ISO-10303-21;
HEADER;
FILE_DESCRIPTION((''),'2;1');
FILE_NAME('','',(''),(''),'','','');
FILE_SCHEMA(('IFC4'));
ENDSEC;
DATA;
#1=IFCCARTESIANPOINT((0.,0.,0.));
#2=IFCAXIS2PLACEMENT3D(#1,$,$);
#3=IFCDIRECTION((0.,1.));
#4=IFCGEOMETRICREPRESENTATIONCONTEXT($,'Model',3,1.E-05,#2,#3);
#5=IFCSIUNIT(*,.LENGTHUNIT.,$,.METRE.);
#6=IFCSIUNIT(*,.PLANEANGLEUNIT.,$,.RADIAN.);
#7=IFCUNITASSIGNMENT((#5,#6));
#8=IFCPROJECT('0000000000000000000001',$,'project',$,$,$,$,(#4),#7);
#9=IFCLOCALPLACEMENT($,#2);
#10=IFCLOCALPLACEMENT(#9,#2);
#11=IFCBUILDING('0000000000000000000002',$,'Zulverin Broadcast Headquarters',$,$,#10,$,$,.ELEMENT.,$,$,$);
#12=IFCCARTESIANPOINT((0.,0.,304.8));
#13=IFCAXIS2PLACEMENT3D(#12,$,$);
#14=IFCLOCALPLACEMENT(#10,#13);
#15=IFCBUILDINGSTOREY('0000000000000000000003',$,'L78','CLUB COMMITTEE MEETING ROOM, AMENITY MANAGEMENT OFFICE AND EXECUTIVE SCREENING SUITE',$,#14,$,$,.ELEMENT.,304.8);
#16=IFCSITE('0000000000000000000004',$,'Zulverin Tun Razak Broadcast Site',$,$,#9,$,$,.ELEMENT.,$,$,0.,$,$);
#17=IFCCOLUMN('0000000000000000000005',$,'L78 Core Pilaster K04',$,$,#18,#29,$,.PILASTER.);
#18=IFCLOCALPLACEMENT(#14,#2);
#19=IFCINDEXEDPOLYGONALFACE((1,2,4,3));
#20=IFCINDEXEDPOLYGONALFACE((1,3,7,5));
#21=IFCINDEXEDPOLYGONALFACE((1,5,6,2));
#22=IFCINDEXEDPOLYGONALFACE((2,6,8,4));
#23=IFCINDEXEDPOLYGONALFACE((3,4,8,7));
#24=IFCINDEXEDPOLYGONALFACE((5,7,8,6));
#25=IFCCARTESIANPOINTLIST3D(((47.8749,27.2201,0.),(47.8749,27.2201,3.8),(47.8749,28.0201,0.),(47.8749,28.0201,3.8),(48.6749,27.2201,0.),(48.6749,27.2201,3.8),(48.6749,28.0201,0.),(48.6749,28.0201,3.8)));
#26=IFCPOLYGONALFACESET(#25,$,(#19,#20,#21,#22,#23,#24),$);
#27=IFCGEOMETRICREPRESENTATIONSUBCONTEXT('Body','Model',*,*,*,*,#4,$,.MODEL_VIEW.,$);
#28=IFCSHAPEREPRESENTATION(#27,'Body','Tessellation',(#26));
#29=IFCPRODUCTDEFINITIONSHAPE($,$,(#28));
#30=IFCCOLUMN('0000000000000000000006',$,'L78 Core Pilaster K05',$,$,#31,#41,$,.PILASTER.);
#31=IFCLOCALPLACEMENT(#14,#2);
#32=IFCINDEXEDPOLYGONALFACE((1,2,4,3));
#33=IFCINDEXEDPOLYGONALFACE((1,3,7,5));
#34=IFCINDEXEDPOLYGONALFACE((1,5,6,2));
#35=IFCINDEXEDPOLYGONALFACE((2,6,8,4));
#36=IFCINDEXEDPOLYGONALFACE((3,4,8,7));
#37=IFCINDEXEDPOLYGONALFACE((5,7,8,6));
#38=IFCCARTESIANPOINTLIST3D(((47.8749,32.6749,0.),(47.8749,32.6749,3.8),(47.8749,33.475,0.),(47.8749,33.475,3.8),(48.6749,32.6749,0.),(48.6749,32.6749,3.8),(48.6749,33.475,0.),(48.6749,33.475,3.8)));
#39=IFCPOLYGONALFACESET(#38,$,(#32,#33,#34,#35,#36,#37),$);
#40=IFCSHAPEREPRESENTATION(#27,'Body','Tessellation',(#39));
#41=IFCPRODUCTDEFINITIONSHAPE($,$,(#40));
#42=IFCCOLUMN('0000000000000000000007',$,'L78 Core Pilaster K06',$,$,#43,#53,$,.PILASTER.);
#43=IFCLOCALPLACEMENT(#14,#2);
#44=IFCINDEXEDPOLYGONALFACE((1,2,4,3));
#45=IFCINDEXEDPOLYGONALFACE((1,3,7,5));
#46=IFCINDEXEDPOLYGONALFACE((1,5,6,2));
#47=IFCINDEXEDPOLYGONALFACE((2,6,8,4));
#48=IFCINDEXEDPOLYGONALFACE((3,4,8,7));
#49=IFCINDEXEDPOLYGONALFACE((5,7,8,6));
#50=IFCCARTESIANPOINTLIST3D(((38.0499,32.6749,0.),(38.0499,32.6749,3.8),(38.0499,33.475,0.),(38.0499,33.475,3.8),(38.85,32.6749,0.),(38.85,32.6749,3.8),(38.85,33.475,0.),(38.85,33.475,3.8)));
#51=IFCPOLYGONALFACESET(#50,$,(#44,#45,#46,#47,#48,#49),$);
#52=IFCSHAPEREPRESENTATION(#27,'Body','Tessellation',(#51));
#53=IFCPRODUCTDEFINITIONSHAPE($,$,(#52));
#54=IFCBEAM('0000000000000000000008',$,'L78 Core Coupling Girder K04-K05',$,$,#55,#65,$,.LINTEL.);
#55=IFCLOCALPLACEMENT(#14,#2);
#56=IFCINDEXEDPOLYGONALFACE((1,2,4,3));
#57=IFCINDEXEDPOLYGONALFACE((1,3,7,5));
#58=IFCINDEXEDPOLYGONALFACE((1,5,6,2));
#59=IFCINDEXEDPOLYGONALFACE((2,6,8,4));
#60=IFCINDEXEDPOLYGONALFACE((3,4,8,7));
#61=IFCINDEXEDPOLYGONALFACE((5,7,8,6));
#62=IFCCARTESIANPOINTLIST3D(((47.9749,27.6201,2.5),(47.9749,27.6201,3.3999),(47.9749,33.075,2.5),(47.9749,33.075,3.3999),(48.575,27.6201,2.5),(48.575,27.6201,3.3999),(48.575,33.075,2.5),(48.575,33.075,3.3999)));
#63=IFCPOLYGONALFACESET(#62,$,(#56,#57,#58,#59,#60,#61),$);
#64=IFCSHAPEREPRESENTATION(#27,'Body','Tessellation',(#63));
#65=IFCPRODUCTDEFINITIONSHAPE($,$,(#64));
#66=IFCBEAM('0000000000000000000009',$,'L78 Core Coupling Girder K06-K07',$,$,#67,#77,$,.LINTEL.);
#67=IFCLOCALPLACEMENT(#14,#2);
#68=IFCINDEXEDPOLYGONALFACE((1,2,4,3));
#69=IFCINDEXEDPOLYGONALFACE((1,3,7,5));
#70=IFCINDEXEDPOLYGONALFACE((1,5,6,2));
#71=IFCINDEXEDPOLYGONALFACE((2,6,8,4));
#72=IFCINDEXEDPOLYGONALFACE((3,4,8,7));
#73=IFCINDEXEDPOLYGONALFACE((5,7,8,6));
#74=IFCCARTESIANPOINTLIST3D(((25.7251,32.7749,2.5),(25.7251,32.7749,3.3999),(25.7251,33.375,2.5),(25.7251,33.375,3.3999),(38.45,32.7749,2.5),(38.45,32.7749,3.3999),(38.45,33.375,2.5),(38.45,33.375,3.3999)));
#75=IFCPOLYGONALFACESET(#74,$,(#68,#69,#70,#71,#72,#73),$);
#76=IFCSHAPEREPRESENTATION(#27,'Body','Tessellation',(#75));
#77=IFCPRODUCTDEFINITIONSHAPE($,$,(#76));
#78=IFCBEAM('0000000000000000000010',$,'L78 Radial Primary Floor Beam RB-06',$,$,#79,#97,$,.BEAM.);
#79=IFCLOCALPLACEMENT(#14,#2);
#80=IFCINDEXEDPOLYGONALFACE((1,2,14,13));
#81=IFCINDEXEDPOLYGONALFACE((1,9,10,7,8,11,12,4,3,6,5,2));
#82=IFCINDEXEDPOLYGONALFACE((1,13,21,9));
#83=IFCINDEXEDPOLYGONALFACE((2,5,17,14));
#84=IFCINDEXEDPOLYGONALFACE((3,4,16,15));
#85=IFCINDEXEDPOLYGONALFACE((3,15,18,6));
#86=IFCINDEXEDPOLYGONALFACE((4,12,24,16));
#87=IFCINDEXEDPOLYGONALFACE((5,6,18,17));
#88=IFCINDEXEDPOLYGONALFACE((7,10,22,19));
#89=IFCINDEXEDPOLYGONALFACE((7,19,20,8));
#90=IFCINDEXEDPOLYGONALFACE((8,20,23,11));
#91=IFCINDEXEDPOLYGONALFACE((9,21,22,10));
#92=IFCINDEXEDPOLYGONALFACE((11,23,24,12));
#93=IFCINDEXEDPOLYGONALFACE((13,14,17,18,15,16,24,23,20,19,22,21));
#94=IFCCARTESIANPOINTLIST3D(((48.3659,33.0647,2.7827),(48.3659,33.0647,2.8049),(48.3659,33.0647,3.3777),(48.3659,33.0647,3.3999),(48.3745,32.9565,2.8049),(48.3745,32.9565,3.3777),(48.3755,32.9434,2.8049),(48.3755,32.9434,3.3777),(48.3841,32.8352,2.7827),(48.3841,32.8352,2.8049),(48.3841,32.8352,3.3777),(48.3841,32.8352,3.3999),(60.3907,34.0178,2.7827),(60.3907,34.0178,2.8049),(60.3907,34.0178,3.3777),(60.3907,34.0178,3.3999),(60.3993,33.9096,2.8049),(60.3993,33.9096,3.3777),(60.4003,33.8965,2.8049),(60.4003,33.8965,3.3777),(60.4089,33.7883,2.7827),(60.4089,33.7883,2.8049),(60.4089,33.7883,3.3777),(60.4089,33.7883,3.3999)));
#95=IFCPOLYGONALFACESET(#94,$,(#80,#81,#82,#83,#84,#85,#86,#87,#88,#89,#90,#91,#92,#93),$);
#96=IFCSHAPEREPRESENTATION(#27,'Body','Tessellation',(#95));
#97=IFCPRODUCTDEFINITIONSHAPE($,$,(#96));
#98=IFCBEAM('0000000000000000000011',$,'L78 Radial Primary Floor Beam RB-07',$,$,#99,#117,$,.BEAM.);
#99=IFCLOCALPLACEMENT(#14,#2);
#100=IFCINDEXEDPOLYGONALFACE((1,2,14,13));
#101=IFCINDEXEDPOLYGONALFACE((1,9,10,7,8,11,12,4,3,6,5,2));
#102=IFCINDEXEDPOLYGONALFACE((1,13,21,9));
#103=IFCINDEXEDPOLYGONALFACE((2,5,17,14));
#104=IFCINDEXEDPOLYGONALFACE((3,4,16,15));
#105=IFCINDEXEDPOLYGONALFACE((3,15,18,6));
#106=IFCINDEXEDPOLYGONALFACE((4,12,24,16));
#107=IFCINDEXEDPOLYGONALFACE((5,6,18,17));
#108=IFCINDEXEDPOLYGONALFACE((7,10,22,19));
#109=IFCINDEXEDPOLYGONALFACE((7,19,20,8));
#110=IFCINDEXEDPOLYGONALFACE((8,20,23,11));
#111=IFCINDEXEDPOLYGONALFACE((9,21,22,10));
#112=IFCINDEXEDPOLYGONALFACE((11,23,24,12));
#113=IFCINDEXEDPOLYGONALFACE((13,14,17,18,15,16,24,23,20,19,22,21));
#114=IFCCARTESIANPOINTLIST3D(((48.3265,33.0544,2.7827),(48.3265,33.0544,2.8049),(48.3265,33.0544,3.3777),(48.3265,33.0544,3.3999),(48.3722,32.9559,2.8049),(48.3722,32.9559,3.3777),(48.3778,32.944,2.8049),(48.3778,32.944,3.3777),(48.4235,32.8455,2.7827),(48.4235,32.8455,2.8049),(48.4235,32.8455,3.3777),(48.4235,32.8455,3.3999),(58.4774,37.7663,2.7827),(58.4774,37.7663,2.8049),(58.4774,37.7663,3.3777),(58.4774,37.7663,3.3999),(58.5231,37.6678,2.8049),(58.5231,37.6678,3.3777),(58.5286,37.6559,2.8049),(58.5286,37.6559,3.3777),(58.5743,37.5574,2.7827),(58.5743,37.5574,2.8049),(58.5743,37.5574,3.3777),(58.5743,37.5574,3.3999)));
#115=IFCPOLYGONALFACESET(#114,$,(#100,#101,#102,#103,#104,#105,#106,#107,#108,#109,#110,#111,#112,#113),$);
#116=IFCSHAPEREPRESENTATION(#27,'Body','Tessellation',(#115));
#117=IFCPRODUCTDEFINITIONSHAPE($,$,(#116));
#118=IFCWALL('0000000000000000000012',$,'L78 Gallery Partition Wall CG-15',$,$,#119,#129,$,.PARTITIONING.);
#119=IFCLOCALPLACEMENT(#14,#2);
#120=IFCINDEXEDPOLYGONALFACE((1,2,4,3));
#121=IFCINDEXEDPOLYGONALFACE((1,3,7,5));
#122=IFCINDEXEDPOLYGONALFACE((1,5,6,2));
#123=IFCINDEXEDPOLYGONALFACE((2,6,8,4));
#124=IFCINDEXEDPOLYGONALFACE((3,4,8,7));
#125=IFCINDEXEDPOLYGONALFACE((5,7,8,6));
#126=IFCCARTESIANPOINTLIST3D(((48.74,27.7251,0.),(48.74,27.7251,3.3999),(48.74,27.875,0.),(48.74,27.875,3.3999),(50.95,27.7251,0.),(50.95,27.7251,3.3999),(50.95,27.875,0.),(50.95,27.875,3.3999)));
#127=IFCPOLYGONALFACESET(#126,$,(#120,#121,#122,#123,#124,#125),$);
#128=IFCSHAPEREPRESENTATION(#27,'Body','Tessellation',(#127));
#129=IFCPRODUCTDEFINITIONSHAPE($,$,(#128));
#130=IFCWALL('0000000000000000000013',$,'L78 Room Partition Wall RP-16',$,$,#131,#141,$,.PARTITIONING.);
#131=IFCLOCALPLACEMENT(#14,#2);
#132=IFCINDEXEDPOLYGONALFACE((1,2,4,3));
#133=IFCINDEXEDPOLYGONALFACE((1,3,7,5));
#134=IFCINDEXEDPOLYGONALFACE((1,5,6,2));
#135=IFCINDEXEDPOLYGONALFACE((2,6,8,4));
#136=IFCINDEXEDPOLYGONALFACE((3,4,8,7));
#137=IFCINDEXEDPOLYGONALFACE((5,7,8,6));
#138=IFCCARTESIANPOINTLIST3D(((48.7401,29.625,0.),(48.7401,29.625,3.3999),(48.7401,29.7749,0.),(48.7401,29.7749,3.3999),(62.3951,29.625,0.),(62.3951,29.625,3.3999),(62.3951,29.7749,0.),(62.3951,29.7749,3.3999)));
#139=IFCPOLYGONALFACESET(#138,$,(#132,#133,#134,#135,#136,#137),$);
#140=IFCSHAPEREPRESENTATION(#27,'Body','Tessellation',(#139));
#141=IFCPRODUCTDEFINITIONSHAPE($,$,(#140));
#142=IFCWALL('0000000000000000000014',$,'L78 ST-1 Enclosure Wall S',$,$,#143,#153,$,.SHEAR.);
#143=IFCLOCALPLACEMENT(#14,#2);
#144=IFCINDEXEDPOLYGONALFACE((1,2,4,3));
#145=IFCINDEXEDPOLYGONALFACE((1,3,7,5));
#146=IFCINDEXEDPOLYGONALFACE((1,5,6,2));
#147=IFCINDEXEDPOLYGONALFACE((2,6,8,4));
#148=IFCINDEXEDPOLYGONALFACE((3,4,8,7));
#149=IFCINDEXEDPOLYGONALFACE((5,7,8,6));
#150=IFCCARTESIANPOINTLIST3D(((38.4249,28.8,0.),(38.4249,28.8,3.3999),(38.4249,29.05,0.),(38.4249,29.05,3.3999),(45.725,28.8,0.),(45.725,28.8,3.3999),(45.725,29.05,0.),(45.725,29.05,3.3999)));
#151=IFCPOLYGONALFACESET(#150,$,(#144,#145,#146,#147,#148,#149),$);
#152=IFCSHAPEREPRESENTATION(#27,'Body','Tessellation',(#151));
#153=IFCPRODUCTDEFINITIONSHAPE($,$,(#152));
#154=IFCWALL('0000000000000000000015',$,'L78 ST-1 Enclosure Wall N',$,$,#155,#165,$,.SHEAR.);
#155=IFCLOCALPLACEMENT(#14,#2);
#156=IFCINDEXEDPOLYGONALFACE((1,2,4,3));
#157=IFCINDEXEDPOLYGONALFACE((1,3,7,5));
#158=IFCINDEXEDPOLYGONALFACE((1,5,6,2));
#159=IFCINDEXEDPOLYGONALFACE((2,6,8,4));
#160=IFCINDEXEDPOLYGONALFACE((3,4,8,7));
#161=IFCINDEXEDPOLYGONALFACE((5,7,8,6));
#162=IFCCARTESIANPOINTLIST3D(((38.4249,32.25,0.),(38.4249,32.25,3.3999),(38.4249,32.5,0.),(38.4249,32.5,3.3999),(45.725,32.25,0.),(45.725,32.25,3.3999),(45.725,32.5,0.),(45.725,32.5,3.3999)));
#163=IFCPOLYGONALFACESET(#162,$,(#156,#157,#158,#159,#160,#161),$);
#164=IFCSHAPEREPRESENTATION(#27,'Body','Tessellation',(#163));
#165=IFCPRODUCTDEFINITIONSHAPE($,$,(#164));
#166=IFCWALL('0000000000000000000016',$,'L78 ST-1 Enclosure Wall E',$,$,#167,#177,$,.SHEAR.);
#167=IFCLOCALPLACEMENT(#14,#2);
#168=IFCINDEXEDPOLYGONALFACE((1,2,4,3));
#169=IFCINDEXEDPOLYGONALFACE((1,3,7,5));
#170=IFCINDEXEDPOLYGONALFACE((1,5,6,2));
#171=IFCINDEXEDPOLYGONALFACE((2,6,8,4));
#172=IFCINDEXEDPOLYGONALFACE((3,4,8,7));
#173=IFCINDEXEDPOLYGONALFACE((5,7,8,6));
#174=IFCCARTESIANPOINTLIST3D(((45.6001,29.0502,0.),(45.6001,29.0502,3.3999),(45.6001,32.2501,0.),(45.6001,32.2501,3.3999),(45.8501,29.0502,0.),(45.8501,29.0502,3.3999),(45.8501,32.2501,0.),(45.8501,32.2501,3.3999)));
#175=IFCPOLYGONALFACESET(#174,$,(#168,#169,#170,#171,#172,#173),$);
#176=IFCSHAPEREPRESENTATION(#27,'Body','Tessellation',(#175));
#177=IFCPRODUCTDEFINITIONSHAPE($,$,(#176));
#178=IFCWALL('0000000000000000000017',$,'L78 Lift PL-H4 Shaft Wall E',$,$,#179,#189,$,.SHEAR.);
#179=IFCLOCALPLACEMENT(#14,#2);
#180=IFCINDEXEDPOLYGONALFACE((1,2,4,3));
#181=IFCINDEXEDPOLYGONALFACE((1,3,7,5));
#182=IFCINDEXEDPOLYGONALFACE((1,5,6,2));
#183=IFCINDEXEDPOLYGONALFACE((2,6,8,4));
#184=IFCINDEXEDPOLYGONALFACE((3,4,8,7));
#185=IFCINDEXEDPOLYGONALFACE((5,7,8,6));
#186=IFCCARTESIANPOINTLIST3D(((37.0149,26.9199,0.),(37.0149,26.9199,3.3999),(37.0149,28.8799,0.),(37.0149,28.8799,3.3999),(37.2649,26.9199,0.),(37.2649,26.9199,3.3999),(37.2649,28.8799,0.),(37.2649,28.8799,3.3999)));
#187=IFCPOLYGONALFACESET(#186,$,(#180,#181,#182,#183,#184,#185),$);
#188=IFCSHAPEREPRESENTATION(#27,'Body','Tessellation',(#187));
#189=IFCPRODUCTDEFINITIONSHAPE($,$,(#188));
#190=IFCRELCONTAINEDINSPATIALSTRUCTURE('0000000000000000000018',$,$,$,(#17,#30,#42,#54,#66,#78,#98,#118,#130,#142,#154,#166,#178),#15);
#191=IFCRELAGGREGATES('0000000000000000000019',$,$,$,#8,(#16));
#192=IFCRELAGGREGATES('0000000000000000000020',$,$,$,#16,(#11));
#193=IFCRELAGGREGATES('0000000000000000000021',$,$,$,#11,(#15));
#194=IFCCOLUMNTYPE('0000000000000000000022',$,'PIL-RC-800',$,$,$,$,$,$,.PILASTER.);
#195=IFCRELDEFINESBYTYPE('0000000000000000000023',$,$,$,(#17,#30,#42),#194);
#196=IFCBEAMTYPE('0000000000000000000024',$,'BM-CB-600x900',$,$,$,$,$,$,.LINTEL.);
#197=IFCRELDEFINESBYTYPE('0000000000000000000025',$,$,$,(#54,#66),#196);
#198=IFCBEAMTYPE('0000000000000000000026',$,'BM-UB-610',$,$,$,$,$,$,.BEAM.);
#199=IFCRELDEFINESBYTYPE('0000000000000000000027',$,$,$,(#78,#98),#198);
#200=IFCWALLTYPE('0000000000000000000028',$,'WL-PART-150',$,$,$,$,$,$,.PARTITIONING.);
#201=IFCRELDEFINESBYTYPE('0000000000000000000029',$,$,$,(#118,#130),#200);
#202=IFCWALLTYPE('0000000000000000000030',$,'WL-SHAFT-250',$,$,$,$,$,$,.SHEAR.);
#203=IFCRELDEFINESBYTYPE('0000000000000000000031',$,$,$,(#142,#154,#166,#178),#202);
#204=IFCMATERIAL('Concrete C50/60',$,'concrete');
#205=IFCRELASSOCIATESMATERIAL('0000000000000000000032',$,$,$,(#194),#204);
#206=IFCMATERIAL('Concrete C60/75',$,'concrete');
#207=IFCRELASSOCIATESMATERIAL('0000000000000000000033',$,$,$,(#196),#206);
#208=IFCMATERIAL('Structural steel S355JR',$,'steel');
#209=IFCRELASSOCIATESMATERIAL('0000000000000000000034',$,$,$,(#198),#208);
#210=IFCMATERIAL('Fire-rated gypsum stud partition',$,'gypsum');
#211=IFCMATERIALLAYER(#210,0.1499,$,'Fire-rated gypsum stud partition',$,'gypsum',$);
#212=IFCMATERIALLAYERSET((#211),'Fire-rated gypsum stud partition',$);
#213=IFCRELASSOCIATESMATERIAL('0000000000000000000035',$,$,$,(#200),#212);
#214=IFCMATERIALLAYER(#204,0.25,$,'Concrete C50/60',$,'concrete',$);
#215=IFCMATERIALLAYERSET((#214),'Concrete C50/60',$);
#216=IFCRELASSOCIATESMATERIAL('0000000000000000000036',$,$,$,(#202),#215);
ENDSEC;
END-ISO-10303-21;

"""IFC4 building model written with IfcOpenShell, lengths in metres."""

from ifc_helpers import new_model, si_unit, direction, frame, frame_2d, origin, origin_2d, place, context, subcontext, project, spatial, rectangle, i_section, extrude, material, layer, layer_set, material_profile, profile_set, type_object, element, save


model = new_model("IFC4")

# Units and contexts
model_context = context("Model", 3, precision=1e-05, world=origin(), true_north=direction((0.0, 1.0)))
body_context = subcontext(model_context, "Body", "Model", "MODEL_VIEW")
ifc_project = project(units=[si_unit("LENGTHUNIT", "METRE"), si_unit("PLANEANGLEUNIT", "RADIAN")], contexts=[model_context])

# Site, building, storey
site_placement = place(None, origin())
site = spatial("IfcSite", under=ifc_project, at=site_placement, Name="Zulverin Tun Razak Broadcast Site", CompositionType="ELEMENT", RefElevation=0.0)
building_placement = place(site_placement, origin())
building = spatial("IfcBuilding", under=site, at=building_placement, Name="Zulverin Broadcast Headquarters", CompositionType="ELEMENT")
storey_placement = place(building_placement, frame((0.0, 0.0, 304.8)))
storey = spatial("IfcBuildingStorey", under=building, at=storey_placement, Name="L78", Description="CLUB COMMITTEE MEETING ROOM, AMENITY MANAGEMENT OFFICE AND EXECUTIVE SCREENING SUITE", CompositionType="ELEMENT", Elevation=304.8)

# Columns
ifc_material_1 = material(Name="Concrete C50/60", Category="concrete")
ifc_material_profile_1 = material_profile(ifc_material_1, rectangle(XDim=0.8, YDim=0.8, at=origin_2d()), Name="Concrete C50/60", Category="concrete")
ifc_profile_set_1 = profile_set([ifc_material_profile_1], Name="Concrete C50/60")
column_type = type_object("IfcColumnType", Name="PIL-RC-800", PredefinedType="PILASTER", material=ifc_profile_set_1)
for number, where, z_axis, x_axis, name in (
    (1, (48.2749, 27.6201, 0.0), (0.0, 0.0, 1.0), (1.0, 0.0, 0.0), "L78 Core Pilaster K04"),
    (2, (48.2749, 33.075, 0.0), (0.0, 0.0, 1.0), (1.0, 0.0, 0.0), "L78 Core Pilaster K05"),
    (3, (38.45, 33.075, 0.0), (0.0, 0.0, 1.0), (1.0, 0.0, 0.0), "L78 Core Pilaster K06"),
):
    element("IfcColumn", number, at=place(storey_placement, frame(where, z_axis=z_axis, x_axis=x_axis)), inside=storey, type_object=column_type, Name=name, PredefinedType="PILASTER", context=body_context, shape_type="SweptSolid", body=[
        extrude(rectangle(XDim=0.8, YDim=0.8, at=origin_2d()), origin(), (0.0, 0.0, 1.0), 3.8),
    ])

# Beams
ifc_material_2 = material(Name="Concrete C60/75", Category="concrete")
ifc_material_profile_2 = material_profile(ifc_material_2, rectangle(XDim=0.6001, YDim=0.8999, at=origin_2d()), Name="Concrete C60/75", Category="concrete")
ifc_profile_set_2 = profile_set([ifc_material_profile_2], Name="Concrete C60/75")
beam_type_1 = type_object("IfcBeamType", Name="BM-CB-600x900", PredefinedType="LINTEL", material=ifc_profile_set_2)
beam_1_placement = place(storey_placement, frame((48.2749, 27.6201, 2.95), z_axis=(0.0, 1.0, 0.0), x_axis=(-1.0, 0.0, 0.0)))
element("IfcBeam", 4, at=beam_1_placement, inside=storey, type_object=beam_type_1, Name="L78 Core Coupling Girder K04-K05", PredefinedType="LINTEL", context=body_context, shape_type="SweptSolid", body=[
    extrude(rectangle(XDim=0.6001, YDim=0.8999, at=origin_2d()), origin(), (0.0, 0.0, 1.0), 5.4548),
])
beam_2_placement = place(storey_placement, frame((38.45, 33.075, 2.95), z_axis=(-1.0, 0.0, 0.0), x_axis=(0.0, -1.0, 0.0)))
element("IfcBeam", 5, at=beam_2_placement, inside=storey, type_object=beam_type_1, Name="L78 Core Coupling Girder K06-K07", PredefinedType="LINTEL", context=body_context, shape_type="SweptSolid", body=[
    extrude(rectangle(XDim=0.6001, YDim=0.8999, at=origin_2d()), origin(), (0.0, 0.0, 1.0), 12.7249),
])
ifc_material_3 = material(Name="Structural steel S355JR", Category="steel")
ifc_material_profile_3 = material_profile(ifc_material_3, i_section(OverallWidth=0.2302, OverallDepth=0.6172, WebThickness=0.0132, FlangeThickness=0.0222, at=origin_2d()), Name="Structural steel S355JR", Category="steel")
ifc_profile_set_3 = profile_set([ifc_material_profile_3], Name="Structural steel S355JR")
beam_type_2 = type_object("IfcBeamType", Name="BM-UB-610", PredefinedType="BEAM", material=ifc_profile_set_3)
beam_3_placement = place(storey_placement, frame((48.375, 32.95, 3.0913), z_axis=(0.996873, 0.079015, 0.0), x_axis=(-0.079015, 0.996873, 0.0)))
element("IfcBeam", 6, at=beam_3_placement, inside=storey, type_object=beam_type_2, Name="L78 Radial Primary Floor Beam RB-06", PredefinedType="BEAM", context=body_context, shape_type="SweptSolid", body=[
    extrude(i_section(OverallWidth=0.2302, OverallDepth=0.6172, WebThickness=0.0132, FlangeThickness=0.0222, at=origin_2d()), origin(), (0.0, 0.0, 1.0), 12.0625),
])
beam_4_placement = place(storey_placement, frame((48.375, 32.95, 3.0913), z_axis=(0.907043, 0.421038, 0.0), x_axis=(-0.421038, 0.907043, 0.0)))
element("IfcBeam", 7, at=beam_4_placement, inside=storey, type_object=beam_type_2, Name="L78 Radial Primary Floor Beam RB-07", PredefinedType="BEAM", context=body_context, shape_type="SweptSolid", body=[
    extrude(i_section(OverallWidth=0.2302, OverallDepth=0.6172, WebThickness=0.0132, FlangeThickness=0.0222, at=origin_2d()), origin(), (0.0, 0.0, 1.0), 11.1912),
])

# Walls
ifc_material_4 = material(Name="Fire-rated gypsum stud partition", Category="gypsum")
ifc_layer_1 = layer(ifc_material_4, 0.1499, Name="Fire-rated gypsum stud partition", Category="gypsum")
ifc_layer_set_1 = layer_set([ifc_layer_1], Name="Fire-rated gypsum stud partition")
wall_type_1 = type_object("IfcWallType", Name="WL-PART-150", PredefinedType="PARTITIONING", material=ifc_layer_set_1)
wall_1_placement = place(storey_placement, frame((48.74, 27.8, 0.0), z_axis=(0.0, 0.0, 1.0), x_axis=(1.0, 0.0, 0.0)))
element("IfcWall", 8, at=wall_1_placement, inside=storey, type_object=wall_type_1, Name="L78 Gallery Partition Wall CG-15", PredefinedType="PARTITIONING", context=body_context, shape_type="SweptSolid", body=[
    extrude(rectangle(XDim=2.21, YDim=0.1499, at=frame_2d((1.105, 0.0))), origin(), (0.0, 0.0, 1.0), 3.3999),
])
wall_2_placement = place(storey_placement, frame((48.74, 29.7, 0.0), z_axis=(0.0, 0.0, 1.0), x_axis=(1.0, 0.0, 0.0)))
element("IfcWall", 9, at=wall_2_placement, inside=storey, type_object=wall_type_1, Name="L78 Room Partition Wall RP-16", PredefinedType="PARTITIONING", context=body_context, shape_type="SweptSolid", body=[
    extrude(rectangle(XDim=13.655, YDim=0.1499, at=frame_2d((6.8276, 0.0))), origin(), (0.0, 0.0, 1.0), 3.3999),
])
ifc_layer_2 = layer(ifc_material_1, 0.25, Name="Concrete C50/60", Category="concrete")
ifc_layer_set_2 = layer_set([ifc_layer_2], Name="Concrete C50/60")
wall_type_2 = type_object("IfcWallType", Name="WL-SHAFT-250", PredefinedType="SHEAR", material=ifc_layer_set_2)
for number, where, z_axis, x_axis, name in (
    (10, (38.425, 28.925, 0.0), (0.0, 0.0, 1.0), (1.0, 0.0, 0.0), "L78 ST-1 Enclosure Wall S"),
    (11, (38.425, 32.375, 0.0), (0.0, 0.0, 1.0), (1.0, 0.0, 0.0), "L78 ST-1 Enclosure Wall N"),
):
    element("IfcWall", number, at=place(storey_placement, frame(where, z_axis=z_axis, x_axis=x_axis)), inside=storey, type_object=wall_type_2, Name=name, PredefinedType="SHEAR", context=body_context, shape_type="SweptSolid", body=[
        extrude(rectangle(XDim=7.3, YDim=0.25, at=frame_2d((3.6499, 0.0))), origin(), (0.0, 0.0, 1.0), 3.3999),
    ])

# Walls
wall_3_placement = place(storey_placement, frame((45.7251, 29.05, 0.0), z_axis=(0.0, 0.0, 1.0), x_axis=(0.0, 1.0, 0.0)))
element("IfcWall", 12, at=wall_3_placement, inside=storey, type_object=wall_type_2, Name="L78 ST-1 Enclosure Wall E", PredefinedType="SHEAR", context=body_context, shape_type="SweptSolid", body=[
    extrude(rectangle(XDim=3.2, YDim=0.25, at=frame_2d((1.6001, 0.0))), origin(), (0.0, 0.0, 1.0), 3.3999),
])
wall_4_placement = place(storey_placement, frame((37.1399, 26.9199, 0.0), z_axis=(0.0, 0.0, 1.0), x_axis=(0.0, 1.0, 0.0)))
element("IfcWall", 13, at=wall_4_placement, inside=storey, type_object=wall_type_2, Name="L78 Lift PL-H4 Shaft Wall E", PredefinedType="SHEAR", context=body_context, shape_type="SweptSolid", body=[
    extrude(rectangle(XDim=1.96, YDim=0.25, at=frame_2d((0.98, 0.0))), origin(), (0.0, 0.0, 1.0), 3.3999),
])

save(model, "model.ifc")
